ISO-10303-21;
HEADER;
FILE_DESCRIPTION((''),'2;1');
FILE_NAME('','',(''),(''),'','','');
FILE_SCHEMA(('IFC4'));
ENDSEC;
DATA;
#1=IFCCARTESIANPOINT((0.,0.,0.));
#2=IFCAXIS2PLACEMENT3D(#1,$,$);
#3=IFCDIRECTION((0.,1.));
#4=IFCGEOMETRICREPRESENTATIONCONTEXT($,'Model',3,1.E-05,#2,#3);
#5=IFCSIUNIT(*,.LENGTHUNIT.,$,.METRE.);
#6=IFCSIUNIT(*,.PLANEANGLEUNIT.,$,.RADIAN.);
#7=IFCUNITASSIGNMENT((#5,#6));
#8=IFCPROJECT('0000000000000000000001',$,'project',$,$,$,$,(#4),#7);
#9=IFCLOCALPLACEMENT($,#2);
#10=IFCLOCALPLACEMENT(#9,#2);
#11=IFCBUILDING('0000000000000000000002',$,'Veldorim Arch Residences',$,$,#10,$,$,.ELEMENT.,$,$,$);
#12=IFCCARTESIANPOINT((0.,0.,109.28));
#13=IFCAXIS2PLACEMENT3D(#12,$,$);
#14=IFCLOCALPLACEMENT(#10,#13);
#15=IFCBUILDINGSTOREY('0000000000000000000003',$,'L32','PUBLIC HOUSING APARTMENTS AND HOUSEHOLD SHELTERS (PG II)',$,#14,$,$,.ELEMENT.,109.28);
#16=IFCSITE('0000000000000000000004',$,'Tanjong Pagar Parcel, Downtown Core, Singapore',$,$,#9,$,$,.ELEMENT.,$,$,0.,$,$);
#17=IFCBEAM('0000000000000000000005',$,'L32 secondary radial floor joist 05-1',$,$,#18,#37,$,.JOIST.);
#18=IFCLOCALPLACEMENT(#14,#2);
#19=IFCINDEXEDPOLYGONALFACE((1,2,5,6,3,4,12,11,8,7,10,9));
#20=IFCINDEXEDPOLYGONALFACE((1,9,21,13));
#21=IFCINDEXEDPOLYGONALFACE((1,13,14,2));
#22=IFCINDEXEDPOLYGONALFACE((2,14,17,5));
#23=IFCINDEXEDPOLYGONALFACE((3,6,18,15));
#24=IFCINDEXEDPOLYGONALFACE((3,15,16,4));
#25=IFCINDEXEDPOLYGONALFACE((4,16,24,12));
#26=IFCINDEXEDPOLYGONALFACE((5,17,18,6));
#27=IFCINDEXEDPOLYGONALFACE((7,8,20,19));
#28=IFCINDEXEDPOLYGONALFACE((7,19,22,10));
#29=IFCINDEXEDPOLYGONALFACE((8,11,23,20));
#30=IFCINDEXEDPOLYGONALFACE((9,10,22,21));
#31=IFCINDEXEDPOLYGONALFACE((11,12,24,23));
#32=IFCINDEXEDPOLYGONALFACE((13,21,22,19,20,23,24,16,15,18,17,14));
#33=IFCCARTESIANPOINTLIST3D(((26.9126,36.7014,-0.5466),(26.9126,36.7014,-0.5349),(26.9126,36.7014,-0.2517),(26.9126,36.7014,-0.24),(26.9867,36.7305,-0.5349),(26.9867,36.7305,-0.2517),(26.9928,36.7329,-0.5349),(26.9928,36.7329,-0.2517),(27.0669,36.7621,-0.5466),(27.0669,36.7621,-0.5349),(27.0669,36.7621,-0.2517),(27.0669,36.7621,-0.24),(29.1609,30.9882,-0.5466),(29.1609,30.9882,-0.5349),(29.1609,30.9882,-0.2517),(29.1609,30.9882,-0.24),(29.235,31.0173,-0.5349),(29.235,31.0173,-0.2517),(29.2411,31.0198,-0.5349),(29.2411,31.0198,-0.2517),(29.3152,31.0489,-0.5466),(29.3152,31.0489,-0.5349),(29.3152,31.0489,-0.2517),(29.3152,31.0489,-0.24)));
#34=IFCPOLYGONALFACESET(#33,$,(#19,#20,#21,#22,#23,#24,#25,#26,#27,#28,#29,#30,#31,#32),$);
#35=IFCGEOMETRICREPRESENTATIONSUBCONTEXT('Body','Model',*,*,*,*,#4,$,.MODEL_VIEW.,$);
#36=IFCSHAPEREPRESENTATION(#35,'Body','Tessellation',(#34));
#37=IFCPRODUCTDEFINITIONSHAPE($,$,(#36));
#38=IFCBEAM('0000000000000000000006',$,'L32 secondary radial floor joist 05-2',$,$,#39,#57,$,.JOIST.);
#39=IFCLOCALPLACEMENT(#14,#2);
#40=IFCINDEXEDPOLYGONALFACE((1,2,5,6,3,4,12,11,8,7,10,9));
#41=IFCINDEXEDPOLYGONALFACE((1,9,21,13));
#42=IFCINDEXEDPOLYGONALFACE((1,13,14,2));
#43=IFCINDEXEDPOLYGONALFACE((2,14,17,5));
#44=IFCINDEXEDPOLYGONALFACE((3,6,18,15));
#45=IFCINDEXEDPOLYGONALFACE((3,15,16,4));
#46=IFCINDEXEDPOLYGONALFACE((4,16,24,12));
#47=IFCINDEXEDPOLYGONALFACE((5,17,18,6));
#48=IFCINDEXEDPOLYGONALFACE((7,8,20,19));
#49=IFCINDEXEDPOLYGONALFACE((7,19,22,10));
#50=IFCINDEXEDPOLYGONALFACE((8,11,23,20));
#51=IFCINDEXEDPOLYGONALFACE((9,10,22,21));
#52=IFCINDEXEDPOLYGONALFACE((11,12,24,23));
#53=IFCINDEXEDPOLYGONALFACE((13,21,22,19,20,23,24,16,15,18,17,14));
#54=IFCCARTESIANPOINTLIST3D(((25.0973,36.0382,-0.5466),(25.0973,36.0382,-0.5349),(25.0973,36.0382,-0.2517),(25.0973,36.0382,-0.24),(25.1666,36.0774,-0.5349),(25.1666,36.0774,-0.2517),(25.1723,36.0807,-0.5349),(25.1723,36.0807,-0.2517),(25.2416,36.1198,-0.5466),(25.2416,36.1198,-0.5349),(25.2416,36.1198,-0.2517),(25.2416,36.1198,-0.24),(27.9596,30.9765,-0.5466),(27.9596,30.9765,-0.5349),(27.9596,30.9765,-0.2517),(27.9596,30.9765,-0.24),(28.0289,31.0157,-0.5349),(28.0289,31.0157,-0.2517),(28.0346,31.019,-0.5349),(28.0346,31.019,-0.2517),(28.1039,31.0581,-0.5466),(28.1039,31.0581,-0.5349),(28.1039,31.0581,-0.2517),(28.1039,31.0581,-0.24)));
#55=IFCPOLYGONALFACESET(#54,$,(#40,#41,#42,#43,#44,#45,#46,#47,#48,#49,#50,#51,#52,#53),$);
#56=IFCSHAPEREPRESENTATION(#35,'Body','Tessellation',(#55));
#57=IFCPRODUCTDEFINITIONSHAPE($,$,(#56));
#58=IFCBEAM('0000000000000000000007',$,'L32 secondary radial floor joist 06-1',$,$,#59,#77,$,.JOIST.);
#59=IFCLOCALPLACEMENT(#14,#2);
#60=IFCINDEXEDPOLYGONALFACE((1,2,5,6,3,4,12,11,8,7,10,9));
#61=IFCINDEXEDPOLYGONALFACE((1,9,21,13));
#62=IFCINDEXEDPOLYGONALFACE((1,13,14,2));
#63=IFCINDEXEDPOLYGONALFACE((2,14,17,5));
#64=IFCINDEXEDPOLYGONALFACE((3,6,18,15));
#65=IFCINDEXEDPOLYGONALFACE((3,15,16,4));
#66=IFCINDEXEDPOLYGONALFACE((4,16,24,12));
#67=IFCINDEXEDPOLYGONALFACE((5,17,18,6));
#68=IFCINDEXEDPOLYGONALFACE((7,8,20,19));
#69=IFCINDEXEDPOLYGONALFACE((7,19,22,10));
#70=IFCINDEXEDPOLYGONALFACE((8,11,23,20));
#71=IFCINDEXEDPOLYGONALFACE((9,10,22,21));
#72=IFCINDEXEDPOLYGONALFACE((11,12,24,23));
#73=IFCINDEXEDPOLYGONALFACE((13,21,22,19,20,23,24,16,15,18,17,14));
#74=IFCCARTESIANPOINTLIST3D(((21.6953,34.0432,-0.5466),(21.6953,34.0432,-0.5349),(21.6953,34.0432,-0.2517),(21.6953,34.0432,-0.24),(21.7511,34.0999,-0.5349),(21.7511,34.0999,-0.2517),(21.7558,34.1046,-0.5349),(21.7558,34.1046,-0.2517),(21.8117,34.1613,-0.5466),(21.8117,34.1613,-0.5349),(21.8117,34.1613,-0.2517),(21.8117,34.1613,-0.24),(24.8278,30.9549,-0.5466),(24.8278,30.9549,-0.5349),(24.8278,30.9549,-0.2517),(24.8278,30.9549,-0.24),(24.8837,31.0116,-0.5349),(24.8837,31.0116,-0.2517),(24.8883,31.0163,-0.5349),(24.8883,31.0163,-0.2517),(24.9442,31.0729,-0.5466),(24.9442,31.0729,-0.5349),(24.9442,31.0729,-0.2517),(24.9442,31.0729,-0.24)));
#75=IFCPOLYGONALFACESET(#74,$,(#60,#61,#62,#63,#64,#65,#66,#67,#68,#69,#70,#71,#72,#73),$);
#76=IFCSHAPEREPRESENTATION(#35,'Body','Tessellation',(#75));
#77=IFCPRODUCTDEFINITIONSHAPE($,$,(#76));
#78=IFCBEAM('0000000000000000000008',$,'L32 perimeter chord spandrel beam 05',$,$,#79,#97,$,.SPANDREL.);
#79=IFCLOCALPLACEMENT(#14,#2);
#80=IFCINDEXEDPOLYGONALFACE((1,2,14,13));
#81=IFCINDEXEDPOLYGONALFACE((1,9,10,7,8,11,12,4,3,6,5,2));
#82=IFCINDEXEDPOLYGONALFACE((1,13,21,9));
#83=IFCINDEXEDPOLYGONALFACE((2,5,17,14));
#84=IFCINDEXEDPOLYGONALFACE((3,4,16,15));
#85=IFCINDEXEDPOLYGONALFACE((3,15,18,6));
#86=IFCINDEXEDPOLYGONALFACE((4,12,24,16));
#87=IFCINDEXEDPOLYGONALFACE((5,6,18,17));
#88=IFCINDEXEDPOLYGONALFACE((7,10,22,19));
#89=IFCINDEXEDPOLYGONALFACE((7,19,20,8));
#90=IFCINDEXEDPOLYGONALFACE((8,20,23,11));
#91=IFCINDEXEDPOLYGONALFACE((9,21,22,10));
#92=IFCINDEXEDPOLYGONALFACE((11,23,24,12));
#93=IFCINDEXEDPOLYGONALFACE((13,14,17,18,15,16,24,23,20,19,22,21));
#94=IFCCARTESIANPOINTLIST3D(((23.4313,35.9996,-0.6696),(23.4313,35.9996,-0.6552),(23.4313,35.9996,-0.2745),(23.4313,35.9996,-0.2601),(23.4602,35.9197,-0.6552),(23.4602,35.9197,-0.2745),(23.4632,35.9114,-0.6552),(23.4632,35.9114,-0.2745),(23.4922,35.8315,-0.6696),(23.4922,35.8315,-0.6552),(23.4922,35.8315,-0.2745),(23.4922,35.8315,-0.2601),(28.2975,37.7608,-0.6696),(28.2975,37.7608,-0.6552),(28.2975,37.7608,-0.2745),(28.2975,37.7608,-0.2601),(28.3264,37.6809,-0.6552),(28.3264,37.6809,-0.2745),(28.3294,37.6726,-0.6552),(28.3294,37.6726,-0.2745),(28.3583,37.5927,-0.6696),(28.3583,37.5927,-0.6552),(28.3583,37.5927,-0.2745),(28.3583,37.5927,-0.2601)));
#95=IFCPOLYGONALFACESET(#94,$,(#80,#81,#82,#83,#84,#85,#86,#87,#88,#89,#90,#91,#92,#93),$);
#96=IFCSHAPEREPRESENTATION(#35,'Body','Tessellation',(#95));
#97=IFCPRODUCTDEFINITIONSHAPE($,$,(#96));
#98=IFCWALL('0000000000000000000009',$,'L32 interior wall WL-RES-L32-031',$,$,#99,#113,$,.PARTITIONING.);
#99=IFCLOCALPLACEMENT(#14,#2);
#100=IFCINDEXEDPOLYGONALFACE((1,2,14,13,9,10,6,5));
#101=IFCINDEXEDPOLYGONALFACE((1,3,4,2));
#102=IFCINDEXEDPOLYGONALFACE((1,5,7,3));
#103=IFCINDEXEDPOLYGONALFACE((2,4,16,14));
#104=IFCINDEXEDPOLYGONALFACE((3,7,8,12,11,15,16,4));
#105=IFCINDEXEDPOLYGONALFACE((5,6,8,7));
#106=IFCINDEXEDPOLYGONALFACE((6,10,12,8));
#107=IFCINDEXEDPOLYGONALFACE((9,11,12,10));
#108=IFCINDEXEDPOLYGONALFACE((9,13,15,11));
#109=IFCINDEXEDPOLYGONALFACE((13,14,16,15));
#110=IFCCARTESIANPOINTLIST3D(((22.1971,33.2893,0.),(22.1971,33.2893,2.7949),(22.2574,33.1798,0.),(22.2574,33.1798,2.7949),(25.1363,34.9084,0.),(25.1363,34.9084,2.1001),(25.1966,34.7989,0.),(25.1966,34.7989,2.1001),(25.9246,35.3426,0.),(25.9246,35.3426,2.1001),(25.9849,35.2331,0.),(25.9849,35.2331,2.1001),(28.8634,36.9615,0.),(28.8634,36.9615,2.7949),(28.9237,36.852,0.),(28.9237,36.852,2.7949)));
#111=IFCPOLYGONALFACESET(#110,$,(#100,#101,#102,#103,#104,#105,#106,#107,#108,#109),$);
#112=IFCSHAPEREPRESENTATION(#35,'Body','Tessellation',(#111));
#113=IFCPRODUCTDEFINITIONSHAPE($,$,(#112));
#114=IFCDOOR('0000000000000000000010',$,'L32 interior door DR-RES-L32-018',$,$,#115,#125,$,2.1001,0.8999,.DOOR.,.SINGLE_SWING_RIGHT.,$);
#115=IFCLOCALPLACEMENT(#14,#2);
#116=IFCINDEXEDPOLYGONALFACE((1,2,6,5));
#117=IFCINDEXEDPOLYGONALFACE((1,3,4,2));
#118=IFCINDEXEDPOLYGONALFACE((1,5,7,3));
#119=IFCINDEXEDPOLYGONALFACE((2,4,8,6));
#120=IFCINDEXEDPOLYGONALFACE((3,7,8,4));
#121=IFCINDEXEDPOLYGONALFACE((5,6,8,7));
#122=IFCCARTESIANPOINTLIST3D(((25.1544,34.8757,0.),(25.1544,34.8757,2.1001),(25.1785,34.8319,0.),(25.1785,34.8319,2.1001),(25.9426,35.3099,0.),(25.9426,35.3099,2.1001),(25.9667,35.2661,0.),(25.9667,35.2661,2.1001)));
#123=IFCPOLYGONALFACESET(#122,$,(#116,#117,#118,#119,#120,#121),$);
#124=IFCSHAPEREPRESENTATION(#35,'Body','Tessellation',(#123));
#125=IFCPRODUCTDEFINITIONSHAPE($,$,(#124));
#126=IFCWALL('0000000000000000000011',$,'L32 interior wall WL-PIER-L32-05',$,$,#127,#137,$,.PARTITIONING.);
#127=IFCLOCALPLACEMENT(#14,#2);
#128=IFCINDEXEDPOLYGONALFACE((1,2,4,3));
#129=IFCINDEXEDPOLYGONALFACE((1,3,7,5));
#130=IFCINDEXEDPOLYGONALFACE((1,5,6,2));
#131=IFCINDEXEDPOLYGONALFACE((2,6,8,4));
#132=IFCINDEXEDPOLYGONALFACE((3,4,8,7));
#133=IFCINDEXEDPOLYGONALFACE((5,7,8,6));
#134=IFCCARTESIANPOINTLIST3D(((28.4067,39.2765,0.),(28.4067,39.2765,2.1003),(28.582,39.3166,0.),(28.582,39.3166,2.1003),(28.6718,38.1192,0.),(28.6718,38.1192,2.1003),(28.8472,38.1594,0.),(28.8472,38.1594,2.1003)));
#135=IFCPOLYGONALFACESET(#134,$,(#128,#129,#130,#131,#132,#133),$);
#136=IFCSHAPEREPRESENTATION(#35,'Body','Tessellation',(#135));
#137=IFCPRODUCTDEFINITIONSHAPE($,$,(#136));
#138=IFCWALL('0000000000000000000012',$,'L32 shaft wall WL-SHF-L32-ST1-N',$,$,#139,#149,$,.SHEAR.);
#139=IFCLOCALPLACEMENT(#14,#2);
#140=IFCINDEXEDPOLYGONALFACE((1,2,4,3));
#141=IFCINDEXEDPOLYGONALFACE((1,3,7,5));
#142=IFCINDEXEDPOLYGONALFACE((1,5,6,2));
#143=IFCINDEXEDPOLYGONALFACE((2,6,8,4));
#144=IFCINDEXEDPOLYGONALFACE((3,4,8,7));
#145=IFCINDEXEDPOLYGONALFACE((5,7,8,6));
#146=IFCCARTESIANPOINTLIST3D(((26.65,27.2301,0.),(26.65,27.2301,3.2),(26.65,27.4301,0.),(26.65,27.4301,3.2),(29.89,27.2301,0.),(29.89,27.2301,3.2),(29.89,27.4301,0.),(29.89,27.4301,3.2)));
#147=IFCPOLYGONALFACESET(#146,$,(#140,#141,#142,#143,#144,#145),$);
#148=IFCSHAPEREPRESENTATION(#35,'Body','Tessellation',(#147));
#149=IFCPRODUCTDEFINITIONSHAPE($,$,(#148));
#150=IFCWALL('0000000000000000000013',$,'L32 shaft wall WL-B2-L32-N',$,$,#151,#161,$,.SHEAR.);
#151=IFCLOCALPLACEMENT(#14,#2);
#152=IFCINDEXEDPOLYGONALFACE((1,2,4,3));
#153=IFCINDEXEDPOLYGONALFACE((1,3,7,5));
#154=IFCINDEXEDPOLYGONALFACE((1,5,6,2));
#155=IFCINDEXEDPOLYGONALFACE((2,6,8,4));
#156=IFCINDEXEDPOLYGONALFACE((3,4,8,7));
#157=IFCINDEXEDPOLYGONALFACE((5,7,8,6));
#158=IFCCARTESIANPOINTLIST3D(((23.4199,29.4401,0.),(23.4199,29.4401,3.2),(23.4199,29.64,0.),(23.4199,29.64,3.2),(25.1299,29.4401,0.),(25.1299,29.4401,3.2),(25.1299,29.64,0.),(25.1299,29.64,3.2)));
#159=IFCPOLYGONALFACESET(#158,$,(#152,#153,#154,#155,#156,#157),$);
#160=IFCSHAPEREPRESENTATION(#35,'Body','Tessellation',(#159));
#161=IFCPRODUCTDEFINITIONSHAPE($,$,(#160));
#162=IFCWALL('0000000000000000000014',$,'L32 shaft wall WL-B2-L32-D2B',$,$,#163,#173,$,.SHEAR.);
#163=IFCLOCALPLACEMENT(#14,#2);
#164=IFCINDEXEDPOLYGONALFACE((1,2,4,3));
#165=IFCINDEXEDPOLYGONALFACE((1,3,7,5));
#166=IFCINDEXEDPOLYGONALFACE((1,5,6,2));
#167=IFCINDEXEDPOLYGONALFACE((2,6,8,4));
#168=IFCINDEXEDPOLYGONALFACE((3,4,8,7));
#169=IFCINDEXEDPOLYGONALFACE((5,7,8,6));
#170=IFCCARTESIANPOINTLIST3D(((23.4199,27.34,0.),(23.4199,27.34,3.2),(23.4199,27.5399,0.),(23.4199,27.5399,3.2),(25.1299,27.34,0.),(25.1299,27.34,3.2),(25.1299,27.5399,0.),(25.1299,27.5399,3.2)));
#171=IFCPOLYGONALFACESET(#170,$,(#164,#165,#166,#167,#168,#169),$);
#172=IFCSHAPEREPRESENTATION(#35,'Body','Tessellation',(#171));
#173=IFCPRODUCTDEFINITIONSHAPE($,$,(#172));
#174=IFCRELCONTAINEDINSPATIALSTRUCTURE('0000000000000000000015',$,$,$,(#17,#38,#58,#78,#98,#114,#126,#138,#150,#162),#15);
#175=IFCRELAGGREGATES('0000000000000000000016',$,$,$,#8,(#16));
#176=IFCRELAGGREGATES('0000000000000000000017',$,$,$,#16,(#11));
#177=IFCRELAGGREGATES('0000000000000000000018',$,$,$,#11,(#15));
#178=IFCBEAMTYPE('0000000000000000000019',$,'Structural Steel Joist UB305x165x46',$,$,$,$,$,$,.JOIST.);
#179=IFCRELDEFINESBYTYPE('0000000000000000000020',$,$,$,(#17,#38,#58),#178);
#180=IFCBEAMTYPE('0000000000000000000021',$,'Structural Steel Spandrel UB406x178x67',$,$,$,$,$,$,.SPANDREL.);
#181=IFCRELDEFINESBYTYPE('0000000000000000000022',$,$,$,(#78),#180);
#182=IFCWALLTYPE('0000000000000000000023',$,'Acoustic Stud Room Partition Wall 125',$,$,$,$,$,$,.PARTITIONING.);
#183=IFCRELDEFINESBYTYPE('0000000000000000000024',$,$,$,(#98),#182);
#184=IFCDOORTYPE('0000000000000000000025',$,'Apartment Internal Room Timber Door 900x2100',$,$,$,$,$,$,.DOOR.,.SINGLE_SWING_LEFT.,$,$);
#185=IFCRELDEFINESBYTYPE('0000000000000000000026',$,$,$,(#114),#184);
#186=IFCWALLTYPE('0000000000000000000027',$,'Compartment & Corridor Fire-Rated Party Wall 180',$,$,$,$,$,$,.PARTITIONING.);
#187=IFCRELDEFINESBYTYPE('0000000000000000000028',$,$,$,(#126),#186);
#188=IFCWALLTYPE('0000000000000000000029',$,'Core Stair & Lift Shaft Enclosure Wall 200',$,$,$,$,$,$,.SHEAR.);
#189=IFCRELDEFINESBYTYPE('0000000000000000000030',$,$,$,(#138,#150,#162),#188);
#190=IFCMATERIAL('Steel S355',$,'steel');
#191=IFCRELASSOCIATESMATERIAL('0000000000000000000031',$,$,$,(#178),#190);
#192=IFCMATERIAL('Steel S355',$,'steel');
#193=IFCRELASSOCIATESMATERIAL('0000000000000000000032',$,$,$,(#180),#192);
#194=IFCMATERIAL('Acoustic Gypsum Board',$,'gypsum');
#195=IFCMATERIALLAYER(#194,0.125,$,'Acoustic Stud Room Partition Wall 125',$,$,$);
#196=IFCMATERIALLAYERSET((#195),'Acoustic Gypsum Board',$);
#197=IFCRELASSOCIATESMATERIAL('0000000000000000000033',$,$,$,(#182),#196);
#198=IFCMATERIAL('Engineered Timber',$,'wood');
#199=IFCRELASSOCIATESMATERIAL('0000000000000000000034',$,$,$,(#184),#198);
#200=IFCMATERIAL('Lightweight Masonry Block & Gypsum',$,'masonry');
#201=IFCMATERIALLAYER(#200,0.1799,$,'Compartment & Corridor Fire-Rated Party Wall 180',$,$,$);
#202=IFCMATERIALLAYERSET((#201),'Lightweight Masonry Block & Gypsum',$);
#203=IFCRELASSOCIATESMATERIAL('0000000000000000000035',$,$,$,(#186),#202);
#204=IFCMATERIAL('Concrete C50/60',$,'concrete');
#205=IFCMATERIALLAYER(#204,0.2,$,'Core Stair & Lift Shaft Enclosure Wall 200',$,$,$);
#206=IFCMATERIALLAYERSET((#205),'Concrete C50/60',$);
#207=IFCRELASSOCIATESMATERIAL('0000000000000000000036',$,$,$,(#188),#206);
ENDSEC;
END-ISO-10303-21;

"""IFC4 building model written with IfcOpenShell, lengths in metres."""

from ifc_helpers import new_model, si_unit, direction, frame, frame_2d, origin, origin_2d, place, context, subcontext, project, spatial, rectangle, i_section, extrude, material, layer, layer_set, material_profile, profile_set, type_object, element, fill, save


model = new_model("IFC4")

# Units and contexts
model_context = context("Model", 3, precision=1e-05, world=origin(), true_north=direction((0.0, 1.0)))
body_context = subcontext(model_context, "Body", "Model", "MODEL_VIEW")
ifc_project = project(units=[si_unit("LENGTHUNIT", "METRE"), si_unit("PLANEANGLEUNIT", "RADIAN")], contexts=[model_context])

# Site, building, storey
site_placement = place(None, origin())
site = spatial("IfcSite", under=ifc_project, at=site_placement, Name="Tanjong Pagar Parcel, Downtown Core, Singapore", CompositionType="ELEMENT", RefElevation=0.0)
building_placement = place(site_placement, origin())
building = spatial("IfcBuilding", under=site, at=building_placement, Name="Veldorim Arch Residences", CompositionType="ELEMENT")
storey_placement = place(building_placement, frame((0.0, 0.0, 109.28)))
storey = spatial("IfcBuildingStorey", under=building, at=storey_placement, Name="L32", Description="PUBLIC HOUSING APARTMENTS AND HOUSEHOLD SHELTERS (PG II)", CompositionType="ELEMENT", Elevation=109.28)

# Beams
ifc_material_1 = material(Name="Steel S355", Category="steel")
ifc_material_profile_1 = material_profile(ifc_material_1, i_section(OverallWidth=0.1658, OverallDepth=0.3066, WebThickness=0.0066, FlangeThickness=0.0117, at=origin_2d()), Name="UB305x165x46")
ifc_profile_set_1 = profile_set([ifc_material_profile_1], Name="Steel S355")
beam_type_1 = type_object("IfcBeamType", Name="Structural Steel Joist UB305x165x46", PredefinedType="JOIST", material=ifc_profile_set_1)
beam_1_placement = place(storey_placement, frame((29.238, 31.0186, -0.3933), z_axis=(-0.366195, 0.930538, 0.0), x_axis=(-0.930538, -0.366195, 0.0)))
element("IfcBeam", 1, at=beam_1_placement, inside=storey, type_object=beam_type_1, Name="L32 secondary radial floor joist 05-1", PredefinedType="JOIST", context=body_context, shape_type="SweptSolid", body=[
    extrude(i_section(OverallWidth=0.1658, OverallDepth=0.3066, WebThickness=0.0066, FlangeThickness=0.0117, at=origin_2d()), origin(), (0.0, 0.0, 1.0), 6.1396),
])
beam_2_placement = place(storey_placement, frame((28.0317, 31.0173, -0.3933), z_axis=(-0.492227, 0.870467, 0.0), x_axis=(-0.870467, -0.492227, 0.0)))
element("IfcBeam", 2, at=beam_2_placement, inside=storey, type_object=beam_type_1, Name="L32 secondary radial floor joist 05-2", PredefinedType="JOIST", context=body_context, shape_type="SweptSolid", body=[
    extrude(i_section(OverallWidth=0.1658, OverallDepth=0.3066, WebThickness=0.0066, FlangeThickness=0.0117, at=origin_2d()), origin(), (0.0, 0.0, 1.0), 5.8149),
])
beam_3_placement = place(storey_placement, frame((24.886, 31.0139, -0.3933), z_axis=(-0.712112, 0.702066, 0.0), x_axis=(-0.702066, -0.712112, 0.0)))
element("IfcBeam", 3, at=beam_3_placement, inside=storey, type_object=beam_type_1, Name="L32 secondary radial floor joist 06-1", PredefinedType="JOIST", context=body_context, shape_type="SweptSolid", body=[
    extrude(i_section(OverallWidth=0.1658, OverallDepth=0.3066, WebThickness=0.0066, FlangeThickness=0.0117, at=origin_2d()), origin(), (0.0, 0.0, 1.0), 4.3989),
])
ifc_material_2 = material(Name="Steel S355", Category="steel")
ifc_material_profile_2 = material_profile(ifc_material_2, i_section(OverallWidth=0.1787, OverallDepth=0.4094, WebThickness=0.0088, FlangeThickness=0.0144, at=origin_2d()), Name="UB406x178x67")
ifc_profile_set_2 = profile_set([ifc_material_profile_2], Name="Steel S355")
beam_type_2 = type_object("IfcBeamType", Name="Structural Steel Spandrel UB406x178x67", PredefinedType="SPANDREL", material=ifc_profile_set_2)
beam_4_placement = place(storey_placement, frame((28.3279, 37.6768, -0.4648), z_axis=(-0.940308, -0.340326, 0.0), x_axis=(0.340326, -0.940308, 0.0)))
element("IfcBeam", 4, at=beam_4_placement, inside=storey, type_object=beam_type_2, Name="L32 perimeter chord spandrel beam 05", PredefinedType="SPANDREL", context=body_context, shape_type="SweptSolid", body=[
    extrude(i_section(OverallWidth=0.1787, OverallDepth=0.4094, WebThickness=0.0088, FlangeThickness=0.0144, at=origin_2d()), origin(), (0.0, 0.0, 1.0), 5.175),
])

# Wall, opening, door
ifc_material_3 = material(Name="Acoustic Gypsum Board", Category="gypsum")
ifc_layer_1 = layer(ifc_material_3, 0.125, Name="Acoustic Stud Room Partition Wall 125")
ifc_layer_set_1 = layer_set([ifc_layer_1], Name="Acoustic Gypsum Board")
wall_type_1 = type_object("IfcWallType", Name="Acoustic Stud Room Partition Wall 125", PredefinedType="PARTITIONING", material=ifc_layer_set_1)
wall_1_placement = place(storey_placement, frame((28.8936, 36.9067, 0.0), z_axis=(0.0, 0.0, 1.0), x_axis=(-0.875901, -0.482491, 0.0)))
wall_1 = element("IfcWall", 5, at=wall_1_placement, inside=storey, type_object=wall_type_1, Name="L32 interior wall WL-RES-L32-031", PredefinedType="PARTITIONING", context=body_context, shape_type="SweptSolid", body=[
    extrude(rectangle(XDim=7.6108, YDim=0.125, at=frame_2d((3.8054, 0.0))), origin(), (0.0, 0.0, 1.0), 2.7949),
])
opening_1_placement = place(wall_1_placement, frame((3.3552, 0.0, 0.0)))
opening_1 = element("IfcOpeningElement", 6, at=opening_1_placement, cuts=wall_1, PredefinedType="OPENING", context=body_context, shape_type="SweptSolid", body=[
    extrude(rectangle(XDim=0.8999, YDim=2.1001, at=frame_2d((0.45, 1.05))), frame((0.0, 0.0725, 0.0), z_axis=(0.0, -1.0, 0.0), x_axis=(1.0, 0.0, 0.0)), (0.0, 0.0, 1.0), 0.145),
])
ifc_material_4 = material(Name="Engineered Timber", Category="wood")
door_type = type_object("IfcDoorType", Name="Apartment Internal Room Timber Door 900x2100", OperationType="SINGLE_SWING_LEFT", PredefinedType="DOOR", material=ifc_material_4)
door_placement = place(opening_1_placement, origin())
door = element("IfcDoor", 7, at=door_placement, inside=storey, type_object=door_type, Name="L32 interior door DR-RES-L32-018", OperationType="SINGLE_SWING_RIGHT", OverallHeight=2.1001, OverallWidth=0.8999, PredefinedType="DOOR", context=body_context, shape_type="SweptSolid", body=[
    extrude(rectangle(XDim=0.8999, YDim=2.1001, at=frame_2d((0.45, 1.05))), frame((0.0, 0.0249, 0.0), z_axis=(0.0, -1.0, 0.0), x_axis=(1.0, 0.0, 0.0)), (0.0, 0.0, 1.0), 0.05),
])
fill(opening_1, door)

# Walls
ifc_material_5 = material(Name="Lightweight Masonry Block & Gypsum", Category="masonry")
ifc_layer_2 = layer(ifc_material_5, 0.1799, Name="Compartment & Corridor Fire-Rated Party Wall 180")
ifc_layer_set_2 = layer_set([ifc_layer_2], Name="Lightweight Masonry Block & Gypsum")
wall_type_2 = type_object("IfcWallType", Name="Compartment & Corridor Fire-Rated Party Wall 180", PredefinedType="PARTITIONING", material=ifc_layer_set_2)
wall_2_placement = place(storey_placement, frame((28.7595, 38.1392, 0.0), z_axis=(0.0, 0.0, 1.0), x_axis=(-0.223327, 0.974744, 0.0)))
element("IfcWall", 8, at=wall_2_placement, inside=storey, type_object=wall_type_2, Name="L32 interior wall WL-PIER-L32-05", PredefinedType="PARTITIONING", context=body_context, shape_type="SweptSolid", body=[
    extrude(rectangle(XDim=1.1873, YDim=0.1799, at=frame_2d((0.5938, 0.0))), origin(), (0.0, 0.0, 1.0), 2.1003),
])
ifc_material_6 = material(Name="Concrete C50/60", Category="concrete")
ifc_layer_3 = layer(ifc_material_6, 0.2, Name="Core Stair & Lift Shaft Enclosure Wall 200")
ifc_layer_set_3 = layer_set([ifc_layer_3], Name="Concrete C50/60")
wall_type_3 = type_object("IfcWallType", Name="Core Stair & Lift Shaft Enclosure Wall 200", PredefinedType="SHEAR", material=ifc_layer_set_3)
wall_3_placement = place(storey_placement, frame((26.6499, 27.3301, 0.0), z_axis=(0.0, 0.0, 1.0), x_axis=(1.0, 0.0, 0.0)))
element("IfcWall", 9, at=wall_3_placement, inside=storey, type_object=wall_type_3, Name="L32 shaft wall WL-SHF-L32-ST1-N", PredefinedType="SHEAR", context=body_context, shape_type="SweptSolid", body=[
    extrude(rectangle(XDim=3.24, YDim=0.2, at=frame_2d((1.6201, 0.0))), origin(), (0.0, 0.0, 1.0), 3.2),
])
for number, where, z_axis, x_axis, name in (
    (10, (23.4199, 29.54, 0.0), (0.0, 0.0, 1.0), (1.0, 0.0, 0.0), "L32 shaft wall WL-B2-L32-N"),
    (11, (23.4199, 27.4399, 0.0), (0.0, 0.0, 1.0), (1.0, 0.0, 0.0), "L32 shaft wall WL-B2-L32-D2B"),
):
    element("IfcWall", number, at=place(storey_placement, frame(where, z_axis=z_axis, x_axis=x_axis)), inside=storey, type_object=wall_type_3, Name=name, PredefinedType="SHEAR", context=body_context, shape_type="SweptSolid", body=[
        extrude(rectangle(XDim=1.71, YDim=0.2, at=frame_2d((0.855, 0.0))), origin(), (0.0, 0.0, 1.0), 3.2),
    ])

save(model, "model.ifc")
